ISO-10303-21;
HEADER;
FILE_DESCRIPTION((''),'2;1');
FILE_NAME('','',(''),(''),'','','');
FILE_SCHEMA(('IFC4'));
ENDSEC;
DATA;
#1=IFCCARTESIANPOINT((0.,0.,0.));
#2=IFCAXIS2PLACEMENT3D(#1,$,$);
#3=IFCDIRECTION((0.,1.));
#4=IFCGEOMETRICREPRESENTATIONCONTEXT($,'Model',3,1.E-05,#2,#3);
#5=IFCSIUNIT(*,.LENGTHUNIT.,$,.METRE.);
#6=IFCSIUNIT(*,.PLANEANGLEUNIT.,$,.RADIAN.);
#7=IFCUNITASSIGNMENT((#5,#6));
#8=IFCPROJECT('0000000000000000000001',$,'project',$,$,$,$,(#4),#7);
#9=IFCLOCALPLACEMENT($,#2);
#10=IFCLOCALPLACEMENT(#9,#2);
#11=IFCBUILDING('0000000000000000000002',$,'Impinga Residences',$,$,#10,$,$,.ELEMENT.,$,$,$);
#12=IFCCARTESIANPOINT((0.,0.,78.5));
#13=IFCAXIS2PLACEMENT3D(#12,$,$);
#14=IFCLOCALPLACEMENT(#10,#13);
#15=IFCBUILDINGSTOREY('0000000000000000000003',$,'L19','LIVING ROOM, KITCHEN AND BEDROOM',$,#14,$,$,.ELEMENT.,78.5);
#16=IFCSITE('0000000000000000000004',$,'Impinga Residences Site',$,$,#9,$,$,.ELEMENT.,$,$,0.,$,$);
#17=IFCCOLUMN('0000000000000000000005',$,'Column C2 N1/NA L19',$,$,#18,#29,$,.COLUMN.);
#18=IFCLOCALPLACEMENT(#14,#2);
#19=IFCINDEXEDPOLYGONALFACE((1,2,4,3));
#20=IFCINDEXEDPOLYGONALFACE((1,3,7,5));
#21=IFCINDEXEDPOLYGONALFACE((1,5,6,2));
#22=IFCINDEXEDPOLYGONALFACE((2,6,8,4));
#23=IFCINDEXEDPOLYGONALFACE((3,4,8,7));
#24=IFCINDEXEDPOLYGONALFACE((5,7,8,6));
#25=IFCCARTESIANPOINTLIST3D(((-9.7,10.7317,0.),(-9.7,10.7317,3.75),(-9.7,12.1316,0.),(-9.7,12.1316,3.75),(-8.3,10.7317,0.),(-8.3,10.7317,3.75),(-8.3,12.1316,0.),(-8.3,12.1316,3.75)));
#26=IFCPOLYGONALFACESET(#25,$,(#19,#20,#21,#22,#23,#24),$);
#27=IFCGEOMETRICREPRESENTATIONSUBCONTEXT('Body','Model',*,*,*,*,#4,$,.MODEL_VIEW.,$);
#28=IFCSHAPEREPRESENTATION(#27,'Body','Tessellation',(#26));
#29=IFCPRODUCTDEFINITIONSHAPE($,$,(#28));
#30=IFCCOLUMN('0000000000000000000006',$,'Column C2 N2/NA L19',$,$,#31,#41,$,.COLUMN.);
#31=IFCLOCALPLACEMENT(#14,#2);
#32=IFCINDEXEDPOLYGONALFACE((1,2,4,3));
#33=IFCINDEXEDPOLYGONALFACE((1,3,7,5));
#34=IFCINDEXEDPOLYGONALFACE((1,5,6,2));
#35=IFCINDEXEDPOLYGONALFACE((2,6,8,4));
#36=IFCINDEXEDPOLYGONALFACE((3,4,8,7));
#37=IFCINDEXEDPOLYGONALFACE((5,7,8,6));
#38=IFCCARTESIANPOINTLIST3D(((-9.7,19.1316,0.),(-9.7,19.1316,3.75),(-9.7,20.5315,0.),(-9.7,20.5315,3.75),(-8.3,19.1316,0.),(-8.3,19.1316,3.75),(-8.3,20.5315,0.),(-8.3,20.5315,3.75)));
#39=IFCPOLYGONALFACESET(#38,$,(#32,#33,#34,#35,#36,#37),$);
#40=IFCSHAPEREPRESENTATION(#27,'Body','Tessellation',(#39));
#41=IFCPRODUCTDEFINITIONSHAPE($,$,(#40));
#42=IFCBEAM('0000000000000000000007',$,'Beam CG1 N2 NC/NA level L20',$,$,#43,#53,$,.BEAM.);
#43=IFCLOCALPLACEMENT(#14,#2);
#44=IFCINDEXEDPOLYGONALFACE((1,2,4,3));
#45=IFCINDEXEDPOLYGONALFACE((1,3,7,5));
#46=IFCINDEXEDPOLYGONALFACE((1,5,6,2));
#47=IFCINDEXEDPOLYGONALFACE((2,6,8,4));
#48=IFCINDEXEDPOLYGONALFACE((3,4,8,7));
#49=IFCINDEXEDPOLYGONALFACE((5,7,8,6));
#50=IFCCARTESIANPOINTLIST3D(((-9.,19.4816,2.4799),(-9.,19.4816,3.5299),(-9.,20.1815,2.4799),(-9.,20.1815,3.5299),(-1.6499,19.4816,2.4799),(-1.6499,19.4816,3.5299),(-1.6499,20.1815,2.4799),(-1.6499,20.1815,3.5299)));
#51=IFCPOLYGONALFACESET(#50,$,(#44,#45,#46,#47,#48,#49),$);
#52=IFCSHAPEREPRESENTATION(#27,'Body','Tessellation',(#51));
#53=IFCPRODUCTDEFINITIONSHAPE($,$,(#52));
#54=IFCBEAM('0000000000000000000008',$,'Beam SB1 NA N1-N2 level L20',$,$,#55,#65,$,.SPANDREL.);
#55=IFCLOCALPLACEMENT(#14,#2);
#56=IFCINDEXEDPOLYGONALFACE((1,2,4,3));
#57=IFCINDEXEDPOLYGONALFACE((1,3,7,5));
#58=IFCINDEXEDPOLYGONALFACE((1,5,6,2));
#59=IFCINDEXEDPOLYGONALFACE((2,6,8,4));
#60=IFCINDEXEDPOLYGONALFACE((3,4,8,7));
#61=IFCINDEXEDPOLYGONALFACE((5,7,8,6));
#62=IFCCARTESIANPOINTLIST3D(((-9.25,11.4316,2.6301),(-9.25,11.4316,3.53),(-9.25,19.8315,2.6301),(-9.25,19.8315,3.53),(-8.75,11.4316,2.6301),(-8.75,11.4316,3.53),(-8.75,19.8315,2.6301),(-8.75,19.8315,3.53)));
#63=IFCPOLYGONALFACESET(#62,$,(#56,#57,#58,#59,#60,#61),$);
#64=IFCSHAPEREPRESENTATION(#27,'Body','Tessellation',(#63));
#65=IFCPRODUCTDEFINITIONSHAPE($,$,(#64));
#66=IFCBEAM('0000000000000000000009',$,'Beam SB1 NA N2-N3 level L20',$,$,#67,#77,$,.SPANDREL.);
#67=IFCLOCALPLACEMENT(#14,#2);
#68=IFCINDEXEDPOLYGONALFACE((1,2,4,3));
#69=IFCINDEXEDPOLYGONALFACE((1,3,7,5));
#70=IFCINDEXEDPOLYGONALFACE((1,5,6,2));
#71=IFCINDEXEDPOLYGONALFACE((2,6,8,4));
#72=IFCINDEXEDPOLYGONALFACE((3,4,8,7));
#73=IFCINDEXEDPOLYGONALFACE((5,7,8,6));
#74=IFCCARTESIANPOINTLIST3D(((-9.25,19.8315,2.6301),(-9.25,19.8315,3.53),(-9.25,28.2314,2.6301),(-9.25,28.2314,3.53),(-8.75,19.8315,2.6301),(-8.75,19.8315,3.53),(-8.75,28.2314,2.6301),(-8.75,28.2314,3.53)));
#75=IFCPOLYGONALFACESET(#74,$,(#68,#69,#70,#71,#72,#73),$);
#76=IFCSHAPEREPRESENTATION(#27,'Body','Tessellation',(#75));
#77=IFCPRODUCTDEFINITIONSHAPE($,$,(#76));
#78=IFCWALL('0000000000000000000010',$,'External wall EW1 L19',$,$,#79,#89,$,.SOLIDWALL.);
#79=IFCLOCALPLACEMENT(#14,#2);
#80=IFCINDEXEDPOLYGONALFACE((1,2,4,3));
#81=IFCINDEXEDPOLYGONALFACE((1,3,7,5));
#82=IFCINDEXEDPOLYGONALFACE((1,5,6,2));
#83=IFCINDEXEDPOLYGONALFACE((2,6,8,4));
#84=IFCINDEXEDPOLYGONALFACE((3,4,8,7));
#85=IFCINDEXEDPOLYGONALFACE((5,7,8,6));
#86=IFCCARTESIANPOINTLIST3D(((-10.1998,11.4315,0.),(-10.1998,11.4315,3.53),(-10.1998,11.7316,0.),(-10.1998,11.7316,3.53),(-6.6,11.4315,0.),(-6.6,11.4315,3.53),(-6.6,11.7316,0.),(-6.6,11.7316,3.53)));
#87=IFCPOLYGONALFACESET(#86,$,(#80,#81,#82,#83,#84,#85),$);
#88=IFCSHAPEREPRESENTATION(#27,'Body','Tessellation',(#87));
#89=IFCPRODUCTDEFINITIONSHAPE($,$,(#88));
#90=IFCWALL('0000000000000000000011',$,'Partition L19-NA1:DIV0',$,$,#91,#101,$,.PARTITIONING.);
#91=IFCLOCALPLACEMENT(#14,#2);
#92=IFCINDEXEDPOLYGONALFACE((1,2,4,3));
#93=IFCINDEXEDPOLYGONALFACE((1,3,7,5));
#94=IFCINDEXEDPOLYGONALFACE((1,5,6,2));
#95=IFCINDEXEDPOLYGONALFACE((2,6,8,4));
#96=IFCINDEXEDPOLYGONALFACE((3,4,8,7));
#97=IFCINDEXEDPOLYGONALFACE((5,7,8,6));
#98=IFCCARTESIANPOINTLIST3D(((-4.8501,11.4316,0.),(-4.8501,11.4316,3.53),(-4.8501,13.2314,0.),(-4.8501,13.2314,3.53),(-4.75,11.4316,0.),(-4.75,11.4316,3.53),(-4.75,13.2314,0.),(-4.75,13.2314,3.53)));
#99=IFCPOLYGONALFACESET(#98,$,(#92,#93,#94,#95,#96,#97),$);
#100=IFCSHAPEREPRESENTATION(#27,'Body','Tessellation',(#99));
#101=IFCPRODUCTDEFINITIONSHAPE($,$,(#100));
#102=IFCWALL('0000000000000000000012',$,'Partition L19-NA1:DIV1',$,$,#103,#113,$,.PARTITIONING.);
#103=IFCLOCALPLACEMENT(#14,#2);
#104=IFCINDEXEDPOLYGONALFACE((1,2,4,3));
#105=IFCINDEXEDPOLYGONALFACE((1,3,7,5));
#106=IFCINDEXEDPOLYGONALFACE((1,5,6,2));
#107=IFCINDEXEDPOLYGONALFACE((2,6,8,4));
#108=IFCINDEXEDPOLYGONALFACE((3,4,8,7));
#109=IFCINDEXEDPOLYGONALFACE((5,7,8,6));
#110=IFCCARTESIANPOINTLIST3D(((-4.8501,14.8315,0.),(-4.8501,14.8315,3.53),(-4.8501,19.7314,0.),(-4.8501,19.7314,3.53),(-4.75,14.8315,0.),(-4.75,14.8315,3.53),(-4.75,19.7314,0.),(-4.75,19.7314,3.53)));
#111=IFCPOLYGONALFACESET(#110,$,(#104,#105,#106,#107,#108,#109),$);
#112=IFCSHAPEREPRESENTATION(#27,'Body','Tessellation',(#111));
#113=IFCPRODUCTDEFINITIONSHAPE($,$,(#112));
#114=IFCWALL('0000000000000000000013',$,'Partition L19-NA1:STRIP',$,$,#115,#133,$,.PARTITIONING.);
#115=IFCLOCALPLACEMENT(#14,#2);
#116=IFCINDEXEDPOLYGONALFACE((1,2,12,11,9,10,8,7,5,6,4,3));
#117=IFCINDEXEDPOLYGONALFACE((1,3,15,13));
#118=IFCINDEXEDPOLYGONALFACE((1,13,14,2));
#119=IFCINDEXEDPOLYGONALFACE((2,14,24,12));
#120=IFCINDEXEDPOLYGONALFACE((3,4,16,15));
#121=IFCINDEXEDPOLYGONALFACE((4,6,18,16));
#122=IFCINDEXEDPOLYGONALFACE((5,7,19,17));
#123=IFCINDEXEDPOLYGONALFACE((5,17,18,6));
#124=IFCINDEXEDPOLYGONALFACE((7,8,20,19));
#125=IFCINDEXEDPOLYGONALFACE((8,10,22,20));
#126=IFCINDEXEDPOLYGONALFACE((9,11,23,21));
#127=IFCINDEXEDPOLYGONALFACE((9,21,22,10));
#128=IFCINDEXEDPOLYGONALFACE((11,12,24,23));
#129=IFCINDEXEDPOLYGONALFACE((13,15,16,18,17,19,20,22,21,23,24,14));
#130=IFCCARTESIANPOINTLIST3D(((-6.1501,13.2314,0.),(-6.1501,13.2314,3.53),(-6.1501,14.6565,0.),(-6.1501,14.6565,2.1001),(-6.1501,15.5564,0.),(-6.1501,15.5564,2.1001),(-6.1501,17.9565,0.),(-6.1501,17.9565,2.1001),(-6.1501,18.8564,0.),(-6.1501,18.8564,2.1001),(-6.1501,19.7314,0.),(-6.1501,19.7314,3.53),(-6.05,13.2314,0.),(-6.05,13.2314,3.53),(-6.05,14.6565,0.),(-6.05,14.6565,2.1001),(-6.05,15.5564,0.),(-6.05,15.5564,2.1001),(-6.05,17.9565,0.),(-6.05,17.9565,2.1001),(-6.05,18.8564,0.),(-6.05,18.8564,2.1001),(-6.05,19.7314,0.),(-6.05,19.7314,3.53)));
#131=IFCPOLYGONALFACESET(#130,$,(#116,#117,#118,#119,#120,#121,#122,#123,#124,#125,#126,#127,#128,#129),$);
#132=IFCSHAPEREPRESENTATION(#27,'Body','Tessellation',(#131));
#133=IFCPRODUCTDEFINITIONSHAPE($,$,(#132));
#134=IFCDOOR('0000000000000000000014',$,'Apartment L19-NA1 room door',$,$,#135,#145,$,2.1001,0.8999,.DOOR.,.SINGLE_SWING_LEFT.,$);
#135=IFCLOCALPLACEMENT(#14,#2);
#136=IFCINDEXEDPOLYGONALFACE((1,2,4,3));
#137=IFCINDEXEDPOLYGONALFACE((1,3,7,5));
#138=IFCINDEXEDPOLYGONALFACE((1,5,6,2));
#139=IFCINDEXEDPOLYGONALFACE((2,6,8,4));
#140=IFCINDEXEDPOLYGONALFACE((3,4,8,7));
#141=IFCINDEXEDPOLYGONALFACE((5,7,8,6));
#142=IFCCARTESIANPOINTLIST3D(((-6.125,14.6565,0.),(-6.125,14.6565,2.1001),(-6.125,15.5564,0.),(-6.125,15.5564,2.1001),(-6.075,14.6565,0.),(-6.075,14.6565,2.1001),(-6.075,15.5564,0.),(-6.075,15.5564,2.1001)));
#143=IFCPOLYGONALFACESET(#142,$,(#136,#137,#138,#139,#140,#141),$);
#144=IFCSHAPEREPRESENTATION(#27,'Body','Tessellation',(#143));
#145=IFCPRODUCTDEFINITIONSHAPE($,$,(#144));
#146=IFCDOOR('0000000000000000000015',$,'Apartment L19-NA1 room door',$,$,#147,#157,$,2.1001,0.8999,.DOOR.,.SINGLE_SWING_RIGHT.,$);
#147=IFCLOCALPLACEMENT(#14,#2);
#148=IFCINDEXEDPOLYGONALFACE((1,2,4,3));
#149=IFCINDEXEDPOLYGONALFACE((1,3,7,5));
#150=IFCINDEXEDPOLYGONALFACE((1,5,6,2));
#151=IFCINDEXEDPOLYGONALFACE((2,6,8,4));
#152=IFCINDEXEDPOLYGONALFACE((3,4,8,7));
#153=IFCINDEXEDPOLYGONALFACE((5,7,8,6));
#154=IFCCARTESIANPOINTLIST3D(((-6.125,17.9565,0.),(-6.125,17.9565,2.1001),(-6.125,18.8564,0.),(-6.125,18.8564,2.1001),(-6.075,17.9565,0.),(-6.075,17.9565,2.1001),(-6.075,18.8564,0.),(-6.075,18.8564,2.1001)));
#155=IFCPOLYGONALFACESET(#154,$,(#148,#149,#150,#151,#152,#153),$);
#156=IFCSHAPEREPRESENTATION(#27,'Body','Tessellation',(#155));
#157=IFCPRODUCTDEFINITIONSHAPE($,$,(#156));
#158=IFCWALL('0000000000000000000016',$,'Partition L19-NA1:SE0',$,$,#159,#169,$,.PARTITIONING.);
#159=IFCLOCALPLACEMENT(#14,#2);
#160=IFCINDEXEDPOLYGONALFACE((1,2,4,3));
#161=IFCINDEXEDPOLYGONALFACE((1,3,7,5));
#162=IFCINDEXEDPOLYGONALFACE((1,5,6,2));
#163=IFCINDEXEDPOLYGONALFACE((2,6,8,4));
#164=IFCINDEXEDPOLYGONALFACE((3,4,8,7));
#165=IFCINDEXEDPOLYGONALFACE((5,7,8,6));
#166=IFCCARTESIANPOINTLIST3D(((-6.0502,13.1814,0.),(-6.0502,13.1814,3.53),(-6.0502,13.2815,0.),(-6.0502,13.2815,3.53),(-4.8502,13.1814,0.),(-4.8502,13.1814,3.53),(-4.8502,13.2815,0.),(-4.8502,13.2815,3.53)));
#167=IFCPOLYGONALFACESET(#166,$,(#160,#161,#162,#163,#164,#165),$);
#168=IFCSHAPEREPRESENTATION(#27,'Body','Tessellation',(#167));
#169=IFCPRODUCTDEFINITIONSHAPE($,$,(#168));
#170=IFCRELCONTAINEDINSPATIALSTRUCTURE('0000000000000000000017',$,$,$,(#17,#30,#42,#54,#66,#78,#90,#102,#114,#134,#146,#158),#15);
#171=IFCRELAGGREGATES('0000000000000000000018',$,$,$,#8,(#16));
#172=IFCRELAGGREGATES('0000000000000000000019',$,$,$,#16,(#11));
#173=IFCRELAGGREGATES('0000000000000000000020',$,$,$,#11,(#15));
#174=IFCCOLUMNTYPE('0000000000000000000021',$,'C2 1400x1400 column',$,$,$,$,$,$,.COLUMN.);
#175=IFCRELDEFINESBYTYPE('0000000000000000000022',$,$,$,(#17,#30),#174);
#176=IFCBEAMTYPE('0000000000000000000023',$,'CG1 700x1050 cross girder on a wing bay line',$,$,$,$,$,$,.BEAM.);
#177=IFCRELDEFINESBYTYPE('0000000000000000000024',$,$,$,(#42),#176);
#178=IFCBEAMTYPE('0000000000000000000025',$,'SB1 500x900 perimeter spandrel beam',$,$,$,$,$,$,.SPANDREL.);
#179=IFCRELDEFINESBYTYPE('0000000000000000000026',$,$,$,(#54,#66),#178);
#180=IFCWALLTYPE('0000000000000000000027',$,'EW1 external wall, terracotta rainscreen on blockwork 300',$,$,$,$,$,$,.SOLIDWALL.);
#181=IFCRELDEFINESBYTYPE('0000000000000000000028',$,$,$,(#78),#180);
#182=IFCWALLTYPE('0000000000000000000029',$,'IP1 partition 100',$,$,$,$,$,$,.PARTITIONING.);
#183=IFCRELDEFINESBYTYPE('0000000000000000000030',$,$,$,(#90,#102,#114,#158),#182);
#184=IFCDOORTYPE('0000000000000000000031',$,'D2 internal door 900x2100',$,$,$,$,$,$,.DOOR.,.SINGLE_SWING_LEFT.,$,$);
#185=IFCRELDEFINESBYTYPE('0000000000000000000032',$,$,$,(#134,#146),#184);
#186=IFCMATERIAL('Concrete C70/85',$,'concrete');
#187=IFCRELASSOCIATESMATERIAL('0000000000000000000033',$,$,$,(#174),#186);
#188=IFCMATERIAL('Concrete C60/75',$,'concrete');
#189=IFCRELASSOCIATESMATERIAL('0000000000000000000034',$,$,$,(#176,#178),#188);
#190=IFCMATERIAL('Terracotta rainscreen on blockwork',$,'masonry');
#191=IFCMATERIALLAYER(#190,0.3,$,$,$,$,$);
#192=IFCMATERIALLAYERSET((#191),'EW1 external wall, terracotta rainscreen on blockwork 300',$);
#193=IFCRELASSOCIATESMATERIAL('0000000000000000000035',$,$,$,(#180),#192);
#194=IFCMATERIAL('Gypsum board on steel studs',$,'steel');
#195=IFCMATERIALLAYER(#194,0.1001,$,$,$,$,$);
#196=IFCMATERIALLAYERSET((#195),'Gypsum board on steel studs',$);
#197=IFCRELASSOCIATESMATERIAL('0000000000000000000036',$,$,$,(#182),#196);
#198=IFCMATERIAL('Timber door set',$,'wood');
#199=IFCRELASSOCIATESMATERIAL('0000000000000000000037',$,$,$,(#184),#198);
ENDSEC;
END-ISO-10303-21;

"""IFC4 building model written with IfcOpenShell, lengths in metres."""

from ifc_helpers import new_model, si_unit, direction, frame, frame_2d, origin, origin_2d, place, context, subcontext, project, spatial, rectangle, extrude, material, layer, layer_set, material_profile, profile_set, type_object, element, fill, save


model = new_model("IFC4")

# Units and contexts
model_context = context("Model", 3, precision=1e-05, world=origin(), true_north=direction((0.0, 1.0)))
body_context = subcontext(model_context, "Body", "Model", "MODEL_VIEW")
ifc_project = project(units=[si_unit("LENGTHUNIT", "METRE"), si_unit("PLANEANGLEUNIT", "RADIAN")], contexts=[model_context])

# Site, building, storey
site_placement = place(None, origin())
site = spatial("IfcSite", under=ifc_project, at=site_placement, Name="Impinga Residences Site", CompositionType="ELEMENT", RefElevation=0.0)
building_placement = place(site_placement, origin())
building = spatial("IfcBuilding", under=site, at=building_placement, Name="Impinga Residences", CompositionType="ELEMENT")
storey_placement = place(building_placement, frame((0.0, 0.0, 78.5)))
storey = spatial("IfcBuildingStorey", under=building, at=storey_placement, Name="L19", Description="LIVING ROOM, KITCHEN AND BEDROOM", CompositionType="ELEMENT", Elevation=78.5)

# Columns
ifc_material_1 = material(Name="Concrete C70/85", Category="concrete")
ifc_material_profile_1 = material_profile(ifc_material_1, rectangle(XDim=1.3999, YDim=1.3999, at=origin_2d()), Name="RC 1400x1400")
ifc_profile_set_1 = profile_set([ifc_material_profile_1], Name="Concrete C70/85")
column_type = type_object("IfcColumnType", Name="C2 1400x1400 column", PredefinedType="COLUMN", material=ifc_profile_set_1)
for number, where, z_axis, x_axis, name in (
    (1, (-9.0, 11.4316, 0.0), (0.0, 0.0, 1.0), (1.0, 0.0, 0.0), "Column C2 N1/NA L19"),
    (2, (-9.0, 19.8315, 0.0), (0.0, 0.0, 1.0), (1.0, 0.0, 0.0), "Column C2 N2/NA L19"),
):
    element("IfcColumn", number, at=place(storey_placement, frame(where, z_axis=z_axis, x_axis=x_axis)), inside=storey, type_object=column_type, Name=name, PredefinedType="COLUMN", context=body_context, shape_type="SweptSolid", body=[
        extrude(rectangle(XDim=1.3999, YDim=1.3999, at=origin_2d()), origin(), (0.0, 0.0, 1.0), 3.75),
    ])

# Beams
ifc_material_2 = material(Name="Concrete C60/75", Category="concrete")
ifc_material_profile_2 = material_profile(ifc_material_2, rectangle(XDim=0.7, YDim=1.05, at=origin_2d()), Name="RC 700x1050")
ifc_profile_set_2 = profile_set([ifc_material_profile_2], Name="Concrete C60/75")
beam_type_1 = type_object("IfcBeamType", Name="CG1 700x1050 cross girder on a wing bay line", PredefinedType="BEAM", material=ifc_profile_set_2)
beam_placement = place(storey_placement, frame((-1.6499, 19.8315, 3.0049), z_axis=(-1.0, 0.0, 0.0), x_axis=(0.0, -1.0, 0.0)))
element("IfcBeam", 3, at=beam_placement, inside=storey, type_object=beam_type_1, Name="Beam CG1 N2 NC/NA level L20", PredefinedType="BEAM", context=body_context, shape_type="SweptSolid", body=[
    extrude(rectangle(XDim=0.7, YDim=1.05, at=origin_2d()), origin(), (0.0, 0.0, 1.0), 7.3501),
])
ifc_material_profile_3 = material_profile(ifc_material_2, rectangle(XDim=0.5, YDim=0.8999, at=origin_2d()), Name="RC 500x900")
ifc_profile_set_3 = profile_set([ifc_material_profile_3], Name="Concrete C60/75")
beam_type_2 = type_object("IfcBeamType", Name="SB1 500x900 perimeter spandrel beam", PredefinedType="SPANDREL", material=ifc_profile_set_3)
for number, where, z_axis, x_axis, name in (
    (4, (-9.0, 11.4316, 3.0801), (0.0, 1.0, 0.0), (-1.0, 0.0, 0.0), "Beam SB1 NA N1-N2 level L20"),
    (5, (-9.0, 19.8315, 3.0801), (0.0, 1.0, 0.0), (-1.0, 0.0, 0.0), "Beam SB1 NA N2-N3 level L20"),
):
    element("IfcBeam", number, at=place(storey_placement, frame(where, z_axis=z_axis, x_axis=x_axis)), inside=storey, type_object=beam_type_2, Name=name, PredefinedType="SPANDREL", context=body_context, shape_type="SweptSolid", body=[
        extrude(rectangle(XDim=0.5, YDim=0.8999, at=origin_2d()), origin(), (0.0, 0.0, 1.0), 8.3999),
    ])

# Walls
ifc_material_3 = material(Name="Terracotta rainscreen on blockwork", Category="masonry")
ifc_layer_1 = layer(ifc_material_3, 0.3)
ifc_layer_set_1 = layer_set([ifc_layer_1], Name="EW1 external wall, terracotta rainscreen on blockwork 300")
wall_type_1 = type_object("IfcWallType", Name="EW1 external wall, terracotta rainscreen on blockwork 300", PredefinedType="SOLIDWALL", material=ifc_layer_set_1)
wall_1_placement = place(storey_placement, frame((-6.6001, 11.5815, 0.0), z_axis=(0.0, 0.0, 1.0), x_axis=(-1.0, 0.0, 0.0)))
element("IfcWall", 6, at=wall_1_placement, inside=storey, type_object=wall_type_1, Name="External wall EW1 L19", PredefinedType="SOLIDWALL", context=body_context, shape_type="SweptSolid", body=[
    extrude(rectangle(XDim=3.5999, YDim=0.3, at=frame_2d((1.7998, 0.0))), origin(), (0.0, 0.0, 1.0), 3.53),
])
ifc_material_4 = material(Name="Gypsum board on steel studs", Category="steel")
ifc_layer_2 = layer(ifc_material_4, 0.1001)
ifc_layer_set_2 = layer_set([ifc_layer_2], Name="Gypsum board on steel studs")
wall_type_2 = type_object("IfcWallType", Name="IP1 partition 100", PredefinedType="PARTITIONING", material=ifc_layer_set_2)
wall_2_placement = place(storey_placement, frame((-4.8, 11.4316, 0.0), z_axis=(0.0, 0.0, 1.0), x_axis=(0.0, 1.0, 0.0)))
element("IfcWall", 7, at=wall_2_placement, inside=storey, type_object=wall_type_2, Name="Partition L19-NA1:DIV0", PredefinedType="PARTITIONING", context=body_context, shape_type="SweptSolid", body=[
    extrude(rectangle(XDim=1.7998, YDim=0.1001, at=frame_2d((0.8999, 0.0))), origin(), (0.0, 0.0, 1.0), 3.53),
])
wall_3_placement = place(storey_placement, frame((-4.8, 14.8315, 0.0), z_axis=(0.0, 0.0, 1.0), x_axis=(0.0, 1.0, 0.0)))
element("IfcWall", 8, at=wall_3_placement, inside=storey, type_object=wall_type_2, Name="Partition L19-NA1:DIV1", PredefinedType="PARTITIONING", context=body_context, shape_type="SweptSolid", body=[
    extrude(rectangle(XDim=4.8999, YDim=0.1001, at=frame_2d((2.45, 0.0))), origin(), (0.0, 0.0, 1.0), 3.53),
])

# Wall, openings, doors
wall_4_placement = place(storey_placement, frame((-6.1001, 13.2314, 0.0), z_axis=(0.0, 0.0, 1.0), x_axis=(0.0, 1.0, 0.0)))
wall_4 = element("IfcWall", 9, at=wall_4_placement, inside=storey, type_object=wall_type_2, Name="Partition L19-NA1:STRIP", PredefinedType="PARTITIONING", context=body_context, shape_type="SweptSolid", body=[
    extrude(rectangle(XDim=6.5, YDim=0.1001, at=frame_2d((3.25, 0.0))), origin(), (0.0, 0.0, 1.0), 3.53),
])
opening_1_placement = place(wall_4_placement, frame((1.425, 0.0, 0.0)))
opening_1 = element("IfcOpeningElement", 10, at=opening_1_placement, cuts=wall_4, PredefinedType="OPENING", context=body_context, shape_type="SweptSolid", body=[
    extrude(rectangle(XDim=0.8999, YDim=2.1001, at=frame_2d((0.45, 1.05))), frame((0.0, 0.0601, 0.0), z_axis=(0.0, -1.0, 0.0), x_axis=(1.0, 0.0, 0.0)), (0.0, 0.0, 1.0), 0.1201),
])
opening_2_placement = place(wall_4_placement, frame((4.7251, 0.0, 0.0)))
opening_2 = element("IfcOpeningElement", 11, at=opening_2_placement, cuts=wall_4, PredefinedType="OPENING", context=body_context, shape_type="SweptSolid", body=[
    extrude(rectangle(XDim=0.8999, YDim=2.1001, at=frame_2d((0.45, 1.05))), frame((0.0, 0.0601, 0.0), z_axis=(0.0, -1.0, 0.0), x_axis=(1.0, 0.0, 0.0)), (0.0, 0.0, 1.0), 0.1201),
])
ifc_material_5 = material(Name="Timber door set", Category="wood")
door_type = type_object("IfcDoorType", Name="D2 internal door 900x2100", OperationType="SINGLE_SWING_LEFT", PredefinedType="DOOR", material=ifc_material_5)
door_1_placement = place(opening_1_placement, origin())
door_1 = element("IfcDoor", 12, at=door_1_placement, inside=storey, type_object=door_type, Name="Apartment L19-NA1 room door", OperationType="SINGLE_SWING_LEFT", OverallHeight=2.1001, OverallWidth=0.8999, PredefinedType="DOOR", context=body_context, shape_type="SweptSolid", body=[
    extrude(rectangle(XDim=0.8999, YDim=2.1001, at=frame_2d((0.45, 1.05))), frame((0.0, 0.0249, 0.0), z_axis=(0.0, -1.0, 0.0), x_axis=(1.0, 0.0, 0.0)), (0.0, 0.0, 1.0), 0.05),
])
fill(opening_1, door_1)
door_2_placement = place(opening_2_placement, origin())
door_2 = element("IfcDoor", 13, at=door_2_placement, inside=storey, type_object=door_type, Name="Apartment L19-NA1 room door", OperationType="SINGLE_SWING_RIGHT", OverallHeight=2.1001, OverallWidth=0.8999, PredefinedType="DOOR", context=body_context, shape_type="SweptSolid", body=[
    extrude(rectangle(XDim=0.8999, YDim=2.1001, at=frame_2d((0.45, 1.05))), frame((0.0, 0.0249, 0.0), z_axis=(0.0, -1.0, 0.0), x_axis=(1.0, 0.0, 0.0)), (0.0, 0.0, 1.0), 0.05),
])
fill(opening_2, door_2)

# Wall
wall_5_placement = place(storey_placement, frame((-4.8501, 13.2314, 0.0), z_axis=(0.0, 0.0, 1.0), x_axis=(-1.0, 0.0, 0.0)))
element("IfcWall", 14, at=wall_5_placement, inside=storey, type_object=wall_type_2, Name="Partition L19-NA1:SE0", PredefinedType="PARTITIONING", context=body_context, shape_type="SweptSolid", body=[
    extrude(rectangle(XDim=1.2, YDim=0.1001, at=frame_2d((0.6001, 0.0))), origin(), (0.0, 0.0, 1.0), 3.53),
])

save(model, "model.ifc")
